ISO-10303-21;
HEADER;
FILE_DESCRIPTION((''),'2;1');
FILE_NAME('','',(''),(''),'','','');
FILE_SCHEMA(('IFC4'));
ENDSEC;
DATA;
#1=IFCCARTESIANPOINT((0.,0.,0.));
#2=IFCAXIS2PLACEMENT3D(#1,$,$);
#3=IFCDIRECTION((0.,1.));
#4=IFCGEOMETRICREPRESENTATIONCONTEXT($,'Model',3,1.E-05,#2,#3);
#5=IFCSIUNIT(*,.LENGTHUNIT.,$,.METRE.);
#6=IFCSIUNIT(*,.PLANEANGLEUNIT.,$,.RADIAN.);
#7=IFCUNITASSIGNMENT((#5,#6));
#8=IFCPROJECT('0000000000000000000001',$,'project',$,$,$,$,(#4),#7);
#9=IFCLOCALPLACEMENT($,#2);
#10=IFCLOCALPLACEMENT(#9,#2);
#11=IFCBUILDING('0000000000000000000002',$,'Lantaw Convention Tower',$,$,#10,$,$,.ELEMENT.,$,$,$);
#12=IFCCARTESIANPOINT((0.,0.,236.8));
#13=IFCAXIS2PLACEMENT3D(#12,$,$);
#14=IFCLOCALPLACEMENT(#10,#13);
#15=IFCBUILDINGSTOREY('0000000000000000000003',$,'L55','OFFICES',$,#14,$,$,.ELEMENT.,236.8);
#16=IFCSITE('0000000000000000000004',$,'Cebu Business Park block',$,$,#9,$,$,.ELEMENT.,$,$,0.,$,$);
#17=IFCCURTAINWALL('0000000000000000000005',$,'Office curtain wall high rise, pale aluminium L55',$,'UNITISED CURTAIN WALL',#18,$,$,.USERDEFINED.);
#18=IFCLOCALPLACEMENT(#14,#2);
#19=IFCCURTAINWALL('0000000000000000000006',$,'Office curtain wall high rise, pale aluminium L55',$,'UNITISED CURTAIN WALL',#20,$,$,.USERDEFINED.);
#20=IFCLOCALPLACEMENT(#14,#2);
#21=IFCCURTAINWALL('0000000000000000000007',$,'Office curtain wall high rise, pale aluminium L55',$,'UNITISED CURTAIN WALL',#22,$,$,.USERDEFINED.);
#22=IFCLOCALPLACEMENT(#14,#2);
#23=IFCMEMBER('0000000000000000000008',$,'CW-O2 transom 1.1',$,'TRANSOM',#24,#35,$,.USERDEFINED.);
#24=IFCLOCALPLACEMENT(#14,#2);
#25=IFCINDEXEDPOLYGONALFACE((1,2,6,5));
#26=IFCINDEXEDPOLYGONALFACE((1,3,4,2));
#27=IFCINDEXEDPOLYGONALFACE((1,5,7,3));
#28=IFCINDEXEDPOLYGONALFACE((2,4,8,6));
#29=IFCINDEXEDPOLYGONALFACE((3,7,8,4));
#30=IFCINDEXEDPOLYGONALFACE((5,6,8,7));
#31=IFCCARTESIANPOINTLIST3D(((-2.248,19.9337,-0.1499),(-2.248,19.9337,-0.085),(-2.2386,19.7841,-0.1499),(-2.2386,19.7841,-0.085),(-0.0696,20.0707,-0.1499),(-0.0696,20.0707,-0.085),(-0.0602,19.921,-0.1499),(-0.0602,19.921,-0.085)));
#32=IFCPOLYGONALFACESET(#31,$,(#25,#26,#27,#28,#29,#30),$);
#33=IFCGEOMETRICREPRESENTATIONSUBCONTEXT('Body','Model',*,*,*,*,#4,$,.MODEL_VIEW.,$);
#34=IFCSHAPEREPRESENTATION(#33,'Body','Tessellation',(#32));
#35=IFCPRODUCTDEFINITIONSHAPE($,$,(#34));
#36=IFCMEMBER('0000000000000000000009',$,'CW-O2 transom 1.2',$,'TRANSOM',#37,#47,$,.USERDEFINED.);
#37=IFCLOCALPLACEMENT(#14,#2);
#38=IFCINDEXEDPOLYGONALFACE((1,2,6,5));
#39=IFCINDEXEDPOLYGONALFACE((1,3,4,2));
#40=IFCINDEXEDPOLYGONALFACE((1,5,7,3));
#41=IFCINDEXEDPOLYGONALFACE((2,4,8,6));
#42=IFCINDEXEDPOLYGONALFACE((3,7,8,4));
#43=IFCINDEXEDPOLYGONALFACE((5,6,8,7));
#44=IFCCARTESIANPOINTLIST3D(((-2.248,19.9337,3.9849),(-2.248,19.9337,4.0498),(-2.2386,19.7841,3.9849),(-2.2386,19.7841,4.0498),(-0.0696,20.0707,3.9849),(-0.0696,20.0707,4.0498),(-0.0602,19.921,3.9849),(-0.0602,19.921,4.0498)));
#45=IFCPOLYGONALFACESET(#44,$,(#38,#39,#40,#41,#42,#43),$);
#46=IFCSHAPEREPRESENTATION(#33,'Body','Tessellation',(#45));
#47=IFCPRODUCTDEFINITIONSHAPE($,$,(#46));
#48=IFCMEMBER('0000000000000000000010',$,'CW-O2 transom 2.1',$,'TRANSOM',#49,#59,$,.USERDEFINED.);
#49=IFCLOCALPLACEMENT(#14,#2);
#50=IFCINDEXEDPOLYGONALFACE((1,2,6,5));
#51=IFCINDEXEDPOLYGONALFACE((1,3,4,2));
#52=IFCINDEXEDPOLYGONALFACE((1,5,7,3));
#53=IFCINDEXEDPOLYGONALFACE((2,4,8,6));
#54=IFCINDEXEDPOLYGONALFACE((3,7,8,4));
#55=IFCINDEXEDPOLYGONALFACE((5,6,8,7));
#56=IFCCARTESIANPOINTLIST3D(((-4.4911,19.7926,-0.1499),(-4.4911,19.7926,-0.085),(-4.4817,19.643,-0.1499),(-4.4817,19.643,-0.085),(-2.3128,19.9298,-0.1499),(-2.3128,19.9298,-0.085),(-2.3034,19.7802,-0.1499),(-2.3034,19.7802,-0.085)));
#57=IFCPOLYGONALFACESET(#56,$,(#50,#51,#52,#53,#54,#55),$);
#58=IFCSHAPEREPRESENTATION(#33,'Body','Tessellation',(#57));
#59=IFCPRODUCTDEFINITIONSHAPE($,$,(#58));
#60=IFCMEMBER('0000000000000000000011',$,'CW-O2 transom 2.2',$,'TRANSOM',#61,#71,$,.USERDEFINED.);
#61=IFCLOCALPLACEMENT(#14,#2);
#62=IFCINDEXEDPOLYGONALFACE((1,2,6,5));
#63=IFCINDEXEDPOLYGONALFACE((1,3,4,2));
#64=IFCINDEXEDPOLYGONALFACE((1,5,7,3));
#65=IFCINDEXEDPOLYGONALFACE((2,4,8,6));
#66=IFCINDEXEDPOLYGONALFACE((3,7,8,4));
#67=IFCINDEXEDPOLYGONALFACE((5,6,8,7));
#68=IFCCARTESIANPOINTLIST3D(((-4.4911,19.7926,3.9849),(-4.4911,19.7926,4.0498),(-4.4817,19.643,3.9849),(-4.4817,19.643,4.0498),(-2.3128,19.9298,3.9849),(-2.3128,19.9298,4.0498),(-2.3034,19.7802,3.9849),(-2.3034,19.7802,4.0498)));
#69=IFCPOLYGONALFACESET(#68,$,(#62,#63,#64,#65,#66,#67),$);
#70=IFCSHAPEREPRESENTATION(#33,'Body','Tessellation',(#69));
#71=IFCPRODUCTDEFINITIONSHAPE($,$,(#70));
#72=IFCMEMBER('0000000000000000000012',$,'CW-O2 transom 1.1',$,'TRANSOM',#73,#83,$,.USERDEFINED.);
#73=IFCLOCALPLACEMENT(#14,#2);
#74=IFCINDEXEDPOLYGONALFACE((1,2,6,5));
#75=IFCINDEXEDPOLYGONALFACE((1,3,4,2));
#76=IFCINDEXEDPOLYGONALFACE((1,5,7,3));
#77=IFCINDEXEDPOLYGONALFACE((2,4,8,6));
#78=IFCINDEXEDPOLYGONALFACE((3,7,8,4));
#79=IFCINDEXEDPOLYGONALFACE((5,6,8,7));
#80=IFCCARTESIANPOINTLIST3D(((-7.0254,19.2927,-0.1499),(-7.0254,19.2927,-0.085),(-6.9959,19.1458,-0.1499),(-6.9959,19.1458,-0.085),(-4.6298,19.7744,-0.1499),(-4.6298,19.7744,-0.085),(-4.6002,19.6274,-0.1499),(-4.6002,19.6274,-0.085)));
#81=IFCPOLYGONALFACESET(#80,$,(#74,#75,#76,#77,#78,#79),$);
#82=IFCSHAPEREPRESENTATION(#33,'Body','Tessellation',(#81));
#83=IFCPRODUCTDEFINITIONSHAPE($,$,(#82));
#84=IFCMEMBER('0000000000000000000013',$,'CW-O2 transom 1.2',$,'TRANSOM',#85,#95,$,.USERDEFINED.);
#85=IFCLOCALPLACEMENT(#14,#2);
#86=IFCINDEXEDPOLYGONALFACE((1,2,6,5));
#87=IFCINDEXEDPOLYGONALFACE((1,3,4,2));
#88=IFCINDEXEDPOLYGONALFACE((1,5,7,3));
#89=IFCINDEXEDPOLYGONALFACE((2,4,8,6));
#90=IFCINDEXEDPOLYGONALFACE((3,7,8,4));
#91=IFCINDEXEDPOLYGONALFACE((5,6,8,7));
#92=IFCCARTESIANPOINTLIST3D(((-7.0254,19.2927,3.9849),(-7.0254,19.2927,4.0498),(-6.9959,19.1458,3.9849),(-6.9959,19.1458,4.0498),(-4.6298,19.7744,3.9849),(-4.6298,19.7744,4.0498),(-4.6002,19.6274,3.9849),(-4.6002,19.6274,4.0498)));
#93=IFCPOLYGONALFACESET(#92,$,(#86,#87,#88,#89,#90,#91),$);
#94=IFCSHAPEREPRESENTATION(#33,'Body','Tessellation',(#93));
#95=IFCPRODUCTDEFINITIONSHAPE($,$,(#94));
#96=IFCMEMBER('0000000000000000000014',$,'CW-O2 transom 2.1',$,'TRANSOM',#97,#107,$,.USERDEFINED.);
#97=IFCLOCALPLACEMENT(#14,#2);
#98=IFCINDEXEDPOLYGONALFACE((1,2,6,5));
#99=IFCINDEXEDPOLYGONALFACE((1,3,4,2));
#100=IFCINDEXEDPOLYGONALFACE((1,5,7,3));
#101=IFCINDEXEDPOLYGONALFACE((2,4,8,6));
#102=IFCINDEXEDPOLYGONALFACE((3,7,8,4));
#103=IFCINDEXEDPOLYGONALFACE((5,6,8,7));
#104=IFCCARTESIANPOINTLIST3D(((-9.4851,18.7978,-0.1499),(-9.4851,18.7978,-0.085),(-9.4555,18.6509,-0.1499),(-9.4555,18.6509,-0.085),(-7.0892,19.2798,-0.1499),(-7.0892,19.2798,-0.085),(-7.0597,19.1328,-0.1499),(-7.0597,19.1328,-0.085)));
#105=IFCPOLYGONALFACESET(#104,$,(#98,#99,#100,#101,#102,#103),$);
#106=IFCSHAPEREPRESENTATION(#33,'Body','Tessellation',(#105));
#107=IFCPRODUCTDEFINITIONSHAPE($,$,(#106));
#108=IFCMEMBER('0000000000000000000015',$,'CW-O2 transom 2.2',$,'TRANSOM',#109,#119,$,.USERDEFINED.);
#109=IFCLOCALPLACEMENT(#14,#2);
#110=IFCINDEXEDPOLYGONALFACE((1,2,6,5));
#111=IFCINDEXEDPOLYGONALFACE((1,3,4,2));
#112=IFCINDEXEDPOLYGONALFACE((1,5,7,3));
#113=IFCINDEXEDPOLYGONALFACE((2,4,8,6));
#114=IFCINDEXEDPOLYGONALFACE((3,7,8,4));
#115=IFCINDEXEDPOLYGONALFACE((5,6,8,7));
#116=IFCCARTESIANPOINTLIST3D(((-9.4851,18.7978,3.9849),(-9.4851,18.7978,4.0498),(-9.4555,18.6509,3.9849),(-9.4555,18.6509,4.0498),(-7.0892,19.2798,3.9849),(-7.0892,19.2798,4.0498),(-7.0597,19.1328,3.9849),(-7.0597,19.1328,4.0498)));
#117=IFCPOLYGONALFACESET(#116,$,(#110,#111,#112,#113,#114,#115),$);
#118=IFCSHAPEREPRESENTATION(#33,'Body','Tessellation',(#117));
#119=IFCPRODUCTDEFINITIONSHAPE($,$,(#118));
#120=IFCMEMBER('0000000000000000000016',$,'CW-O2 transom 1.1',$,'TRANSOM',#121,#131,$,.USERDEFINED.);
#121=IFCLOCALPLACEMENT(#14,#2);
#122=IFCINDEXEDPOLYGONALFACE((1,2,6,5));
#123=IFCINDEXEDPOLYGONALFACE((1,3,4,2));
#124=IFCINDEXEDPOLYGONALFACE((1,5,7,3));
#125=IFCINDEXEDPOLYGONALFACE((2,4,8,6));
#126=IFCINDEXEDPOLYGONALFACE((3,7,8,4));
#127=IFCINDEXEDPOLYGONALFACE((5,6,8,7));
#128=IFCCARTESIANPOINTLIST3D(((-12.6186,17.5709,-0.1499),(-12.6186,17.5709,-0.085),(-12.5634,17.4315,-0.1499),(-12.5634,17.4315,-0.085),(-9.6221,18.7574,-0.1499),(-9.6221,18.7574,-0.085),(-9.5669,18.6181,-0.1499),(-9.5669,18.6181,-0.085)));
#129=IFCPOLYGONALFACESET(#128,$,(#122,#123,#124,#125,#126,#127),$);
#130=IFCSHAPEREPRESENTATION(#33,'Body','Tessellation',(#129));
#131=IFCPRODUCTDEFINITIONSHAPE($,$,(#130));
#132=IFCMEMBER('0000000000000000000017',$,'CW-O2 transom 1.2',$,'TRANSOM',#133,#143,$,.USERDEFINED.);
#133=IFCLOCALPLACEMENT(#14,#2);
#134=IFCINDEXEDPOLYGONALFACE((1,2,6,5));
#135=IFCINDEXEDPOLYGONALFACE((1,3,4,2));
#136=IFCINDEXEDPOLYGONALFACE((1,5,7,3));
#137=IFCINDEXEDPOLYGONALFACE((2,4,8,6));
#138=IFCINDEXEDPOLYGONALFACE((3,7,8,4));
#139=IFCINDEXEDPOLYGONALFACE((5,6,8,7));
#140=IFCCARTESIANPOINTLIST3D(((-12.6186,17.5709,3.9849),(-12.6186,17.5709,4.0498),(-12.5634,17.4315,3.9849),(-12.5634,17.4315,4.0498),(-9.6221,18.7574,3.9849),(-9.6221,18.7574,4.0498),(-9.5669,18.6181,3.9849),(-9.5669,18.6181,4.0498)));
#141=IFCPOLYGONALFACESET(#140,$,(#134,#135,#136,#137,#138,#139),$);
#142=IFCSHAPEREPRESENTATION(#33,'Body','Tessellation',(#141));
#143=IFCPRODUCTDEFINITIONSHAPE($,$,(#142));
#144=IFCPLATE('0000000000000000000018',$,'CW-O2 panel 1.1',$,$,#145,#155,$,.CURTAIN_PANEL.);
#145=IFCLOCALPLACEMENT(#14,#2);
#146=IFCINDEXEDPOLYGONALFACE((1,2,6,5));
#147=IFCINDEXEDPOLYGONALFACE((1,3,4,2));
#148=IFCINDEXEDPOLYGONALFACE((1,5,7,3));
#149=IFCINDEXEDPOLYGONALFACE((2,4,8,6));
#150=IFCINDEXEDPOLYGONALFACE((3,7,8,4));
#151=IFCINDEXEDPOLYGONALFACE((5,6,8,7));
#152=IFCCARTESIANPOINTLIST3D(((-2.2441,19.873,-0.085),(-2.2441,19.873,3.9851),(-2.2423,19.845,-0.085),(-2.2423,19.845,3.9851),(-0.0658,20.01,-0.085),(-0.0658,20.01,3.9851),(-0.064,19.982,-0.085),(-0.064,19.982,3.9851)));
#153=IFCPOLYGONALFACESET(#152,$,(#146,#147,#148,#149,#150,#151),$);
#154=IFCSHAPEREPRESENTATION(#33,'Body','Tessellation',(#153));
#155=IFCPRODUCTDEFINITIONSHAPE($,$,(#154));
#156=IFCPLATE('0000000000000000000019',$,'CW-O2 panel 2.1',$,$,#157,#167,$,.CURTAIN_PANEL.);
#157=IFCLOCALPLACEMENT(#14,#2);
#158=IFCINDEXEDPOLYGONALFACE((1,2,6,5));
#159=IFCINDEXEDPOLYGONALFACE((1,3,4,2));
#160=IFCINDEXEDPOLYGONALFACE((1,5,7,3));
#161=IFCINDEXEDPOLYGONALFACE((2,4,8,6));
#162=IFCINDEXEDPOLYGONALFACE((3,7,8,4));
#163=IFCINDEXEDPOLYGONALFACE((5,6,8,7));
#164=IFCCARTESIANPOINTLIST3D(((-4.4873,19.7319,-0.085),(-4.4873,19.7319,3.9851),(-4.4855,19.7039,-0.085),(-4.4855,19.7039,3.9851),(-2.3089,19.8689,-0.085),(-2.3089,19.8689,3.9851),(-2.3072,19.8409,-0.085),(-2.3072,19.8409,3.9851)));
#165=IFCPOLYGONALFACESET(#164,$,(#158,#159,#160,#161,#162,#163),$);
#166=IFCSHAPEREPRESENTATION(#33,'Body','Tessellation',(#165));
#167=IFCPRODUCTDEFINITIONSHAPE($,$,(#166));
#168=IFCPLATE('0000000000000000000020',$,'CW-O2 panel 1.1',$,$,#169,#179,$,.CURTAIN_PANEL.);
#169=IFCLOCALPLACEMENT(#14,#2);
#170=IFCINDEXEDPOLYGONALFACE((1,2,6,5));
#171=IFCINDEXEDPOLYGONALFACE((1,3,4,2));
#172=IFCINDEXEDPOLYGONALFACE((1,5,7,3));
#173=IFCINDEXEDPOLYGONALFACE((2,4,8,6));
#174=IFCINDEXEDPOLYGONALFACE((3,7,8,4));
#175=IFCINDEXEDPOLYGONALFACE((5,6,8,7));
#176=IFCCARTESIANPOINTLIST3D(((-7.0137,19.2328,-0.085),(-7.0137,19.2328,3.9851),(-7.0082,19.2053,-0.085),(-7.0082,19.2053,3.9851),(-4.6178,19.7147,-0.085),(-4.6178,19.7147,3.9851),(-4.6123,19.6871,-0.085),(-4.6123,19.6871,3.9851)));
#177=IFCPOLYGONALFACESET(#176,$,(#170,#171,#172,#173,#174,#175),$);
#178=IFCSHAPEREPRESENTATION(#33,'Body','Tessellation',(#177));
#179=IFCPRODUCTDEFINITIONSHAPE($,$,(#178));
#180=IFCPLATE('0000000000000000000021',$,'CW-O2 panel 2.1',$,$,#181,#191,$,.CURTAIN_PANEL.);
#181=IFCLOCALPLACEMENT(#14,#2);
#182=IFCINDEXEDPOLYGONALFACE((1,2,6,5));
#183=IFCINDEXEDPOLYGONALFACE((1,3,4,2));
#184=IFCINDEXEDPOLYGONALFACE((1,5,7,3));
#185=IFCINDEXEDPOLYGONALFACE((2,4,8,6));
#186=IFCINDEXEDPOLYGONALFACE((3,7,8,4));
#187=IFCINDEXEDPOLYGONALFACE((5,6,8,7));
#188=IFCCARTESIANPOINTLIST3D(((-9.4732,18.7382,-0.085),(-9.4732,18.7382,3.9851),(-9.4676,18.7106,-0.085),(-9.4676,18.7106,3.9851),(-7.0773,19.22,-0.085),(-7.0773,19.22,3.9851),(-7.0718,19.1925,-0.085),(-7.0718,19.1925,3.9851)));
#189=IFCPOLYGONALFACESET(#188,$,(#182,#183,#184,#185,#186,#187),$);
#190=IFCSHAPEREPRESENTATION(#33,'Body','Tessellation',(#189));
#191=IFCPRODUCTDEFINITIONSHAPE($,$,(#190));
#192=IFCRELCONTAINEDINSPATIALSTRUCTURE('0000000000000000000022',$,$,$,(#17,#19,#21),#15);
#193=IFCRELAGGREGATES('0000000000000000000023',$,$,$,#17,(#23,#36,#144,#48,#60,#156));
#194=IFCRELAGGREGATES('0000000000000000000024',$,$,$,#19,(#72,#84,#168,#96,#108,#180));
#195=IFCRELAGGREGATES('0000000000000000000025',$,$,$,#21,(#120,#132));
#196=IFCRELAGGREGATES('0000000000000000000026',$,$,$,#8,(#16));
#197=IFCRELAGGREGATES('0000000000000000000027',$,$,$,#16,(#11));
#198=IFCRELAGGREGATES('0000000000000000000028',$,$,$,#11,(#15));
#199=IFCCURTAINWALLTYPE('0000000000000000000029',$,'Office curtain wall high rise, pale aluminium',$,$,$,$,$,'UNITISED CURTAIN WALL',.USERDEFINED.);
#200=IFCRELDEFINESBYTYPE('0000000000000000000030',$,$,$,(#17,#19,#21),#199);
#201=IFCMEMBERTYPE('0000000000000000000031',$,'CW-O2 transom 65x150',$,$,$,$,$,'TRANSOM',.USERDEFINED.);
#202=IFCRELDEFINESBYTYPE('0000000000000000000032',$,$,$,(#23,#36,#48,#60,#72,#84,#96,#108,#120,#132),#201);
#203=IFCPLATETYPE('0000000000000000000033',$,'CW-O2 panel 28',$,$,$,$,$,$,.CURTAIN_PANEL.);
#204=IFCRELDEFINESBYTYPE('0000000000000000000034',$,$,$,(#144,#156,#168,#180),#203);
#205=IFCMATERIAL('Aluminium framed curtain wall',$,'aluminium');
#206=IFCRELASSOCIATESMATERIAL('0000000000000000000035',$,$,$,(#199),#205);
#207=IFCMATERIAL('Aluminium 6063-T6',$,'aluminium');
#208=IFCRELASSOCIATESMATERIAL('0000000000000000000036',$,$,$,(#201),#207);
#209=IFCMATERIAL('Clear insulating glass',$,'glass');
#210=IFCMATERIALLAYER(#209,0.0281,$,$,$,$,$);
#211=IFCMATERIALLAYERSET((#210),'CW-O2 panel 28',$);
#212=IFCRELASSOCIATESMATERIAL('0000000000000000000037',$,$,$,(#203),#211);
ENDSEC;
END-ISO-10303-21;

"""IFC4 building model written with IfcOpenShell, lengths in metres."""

from ifc_helpers import new_model, si_unit, direction, frame, origin, origin_2d, place, context, subcontext, project, spatial, rectangle, extrude, material, layer, layer_set, material_profile, profile_set, type_object, element, aggregate, save


model = new_model("IFC4")

# Units and contexts
model_context = context("Model", 3, precision=1e-05, world=origin(), true_north=direction((0.0, 1.0)))
body_context = subcontext(model_context, "Body", "Model", "MODEL_VIEW")
ifc_project = project(units=[si_unit("LENGTHUNIT", "METRE"), si_unit("PLANEANGLEUNIT", "RADIAN")], contexts=[model_context])

# Site, building, storey
site_placement = place(None, origin())
site = spatial("IfcSite", under=ifc_project, at=site_placement, Name="Cebu Business Park block", CompositionType="ELEMENT", RefElevation=0.0)
building_placement = place(site_placement, origin())
building = spatial("IfcBuilding", under=site, at=building_placement, Name="Lantaw Convention Tower", CompositionType="ELEMENT")
storey_placement = place(building_placement, frame((0.0, 0.0, 236.8)))
storey = spatial("IfcBuildingStorey", under=building, at=storey_placement, Name="L55", Description="OFFICES", CompositionType="ELEMENT", Elevation=236.8)

# Curtain walls
ifc_material_1 = material(Name="Aluminium framed curtain wall", Category="aluminium")
curtain_wall_type = type_object("IfcCurtainWallType", Name="Office curtain wall high rise, pale aluminium", ElementType="UNITISED CURTAIN WALL", PredefinedType="USERDEFINED", material=ifc_material_1)
curtain_wall_1_placement = place(storey_placement, origin())
curtain_wall_1 = element("IfcCurtainWall", 1, at=curtain_wall_1_placement, inside=storey, type_object=curtain_wall_type, Name="Office curtain wall high rise, pale aluminium L55", ObjectType="UNITISED CURTAIN WALL", PredefinedType="USERDEFINED")
ifc_material_2 = material(Name="Aluminium 6063-T6", Category="aluminium")
curtain_wall_2_placement = place(storey_placement, origin())
curtain_wall_2 = element("IfcCurtainWall", 2, at=curtain_wall_2_placement, inside=storey, type_object=curtain_wall_type, Name="Office curtain wall high rise, pale aluminium L55", ObjectType="UNITISED CURTAIN WALL", PredefinedType="USERDEFINED")

# Curtain wall
curtain_wall_3_placement = place(storey_placement, origin())
curtain_wall_3 = element("IfcCurtainWall", 3, at=curtain_wall_3_placement, inside=storey, type_object=curtain_wall_type, Name="Office curtain wall high rise, pale aluminium L55", ObjectType="UNITISED CURTAIN WALL", PredefinedType="USERDEFINED")

# Members
ifc_material_profile_1 = material_profile(ifc_material_2, rectangle(XDim=0.1499, YDim=0.0649, at=origin_2d()), Name="CW-O2 transom 65x150")
ifc_profile_set_1 = profile_set([ifc_material_profile_1], Name="Aluminium 6063-T6")
member_type_1 = type_object("IfcMemberType", Name="CW-O2 transom 65x150", ElementType="TRANSOM", PredefinedType="USERDEFINED", material=ifc_profile_set_1)
member_1_placement = place(storey_placement, frame((-0.0649, 19.9958, -0.1174), z_axis=(-0.998029, -0.062754, 0.0), x_axis=(0.062754, -0.998029, 0.0)))
member_1 = element("IfcMember", 4, at=member_1_placement, type_object=member_type_1, Name="CW-O2 transom 1.1", ObjectType="TRANSOM", PredefinedType="USERDEFINED", context=body_context, shape_type="SweptSolid", body=[
    extrude(rectangle(XDim=0.1499, YDim=0.0649, at=origin_2d()), origin(), (0.0, 0.0, 1.0), 2.1826),
])
member_2_placement = place(storey_placement, frame((-0.0649, 19.9958, 4.0173), z_axis=(-0.998029, -0.062754, 0.0), x_axis=(0.062754, -0.998029, 0.0)))
member_2 = element("IfcMember", 5, at=member_2_placement, type_object=member_type_1, Name="CW-O2 transom 1.2", ObjectType="TRANSOM", PredefinedType="USERDEFINED", context=body_context, shape_type="SweptSolid", body=[
    extrude(rectangle(XDim=0.1499, YDim=0.0649, at=origin_2d()), origin(), (0.0, 0.0, 1.0), 2.1826),
])
member_3_placement = place(storey_placement, frame((-2.3081, 19.855, -0.1174), z_axis=(-0.998022, -0.062866, 0.0), x_axis=(0.062866, -0.998022, 0.0)))
member_3 = element("IfcMember", 6, at=member_3_placement, type_object=member_type_1, Name="CW-O2 transom 2.1", ObjectType="TRANSOM", PredefinedType="USERDEFINED", context=body_context, shape_type="SweptSolid", body=[
    extrude(rectangle(XDim=0.1499, YDim=0.0649, at=origin_2d()), origin(), (0.0, 0.0, 1.0), 2.1826),
])
member_4_placement = place(storey_placement, frame((-2.3081, 19.855, 4.0173), z_axis=(-0.998022, -0.062866, 0.0), x_axis=(0.062866, -0.998022, 0.0)))
member_4 = element("IfcMember", 7, at=member_4_placement, type_object=member_type_1, Name="CW-O2 transom 2.2", ObjectType="TRANSOM", PredefinedType="USERDEFINED", context=body_context, shape_type="SweptSolid", body=[
    extrude(rectangle(XDim=0.1499, YDim=0.0649, at=origin_2d()), origin(), (0.0, 0.0, 1.0), 2.1826),
])
member_5_placement = place(storey_placement, frame((-4.615, 19.7009, -0.1174), z_axis=(-0.98038, -0.197115, 0.0), x_axis=(0.197115, -0.98038, 0.0)))
member_5 = element("IfcMember", 8, at=member_5_placement, type_object=member_type_1, Name="CW-O2 transom 1.1", ObjectType="TRANSOM", PredefinedType="USERDEFINED", context=body_context, shape_type="SweptSolid", body=[
    extrude(rectangle(XDim=0.1499, YDim=0.0649, at=origin_2d()), origin(), (0.0, 0.0, 1.0), 2.4436),
])
member_6_placement = place(storey_placement, frame((-4.615, 19.7009, 4.0173), z_axis=(-0.98038, -0.197115, 0.0), x_axis=(0.197115, -0.98038, 0.0)))
member_6 = element("IfcMember", 9, at=member_6_placement, type_object=member_type_1, Name="CW-O2 transom 1.2", ObjectType="TRANSOM", PredefinedType="USERDEFINED", context=body_context, shape_type="SweptSolid", body=[
    extrude(rectangle(XDim=0.1499, YDim=0.0649, at=origin_2d()), origin(), (0.0, 0.0, 1.0), 2.4436),
])
member_7_placement = place(storey_placement, frame((-7.0745, 19.2063, -0.1174), z_axis=(-0.980361, -0.197211, 0.0), x_axis=(0.197211, -0.980361, 0.0)))
member_7 = element("IfcMember", 10, at=member_7_placement, type_object=member_type_1, Name="CW-O2 transom 2.1", ObjectType="TRANSOM", PredefinedType="USERDEFINED", context=body_context, shape_type="SweptSolid", body=[
    extrude(rectangle(XDim=0.1499, YDim=0.0649, at=origin_2d()), origin(), (0.0, 0.0, 1.0), 2.4438),
])
member_8_placement = place(storey_placement, frame((-7.0745, 19.2063, 4.0173), z_axis=(-0.980361, -0.197211, 0.0), x_axis=(0.197211, -0.980361, 0.0)))
member_8 = element("IfcMember", 11, at=member_8_placement, type_object=member_type_1, Name="CW-O2 transom 2.2", ObjectType="TRANSOM", PredefinedType="USERDEFINED", context=body_context, shape_type="SweptSolid", body=[
    extrude(rectangle(XDim=0.1499, YDim=0.0649, at=origin_2d()), origin(), (0.0, 0.0, 1.0), 2.4438),
])
member_9_placement = place(storey_placement, frame((-9.5945, 18.6877, -0.1174), z_axis=(-0.929767, -0.368149, 0.0), x_axis=(0.368149, -0.929767, 0.0)))
member_9 = element("IfcMember", 12, at=member_9_placement, type_object=member_type_1, Name="CW-O2 transom 1.1", ObjectType="TRANSOM", PredefinedType="USERDEFINED", context=body_context, shape_type="SweptSolid", body=[
    extrude(rectangle(XDim=0.1499, YDim=0.0649, at=origin_2d()), origin(), (0.0, 0.0, 1.0), 3.2229),
])
member_10_placement = place(storey_placement, frame((-9.5945, 18.6877, 4.0173), z_axis=(-0.929767, -0.368149, 0.0), x_axis=(0.368149, -0.929767, 0.0)))
member_10 = element("IfcMember", 13, at=member_10_placement, type_object=member_type_1, Name="CW-O2 transom 1.2", ObjectType="TRANSOM", PredefinedType="USERDEFINED", context=body_context, shape_type="SweptSolid", body=[
    extrude(rectangle(XDim=0.1499, YDim=0.0649, at=origin_2d()), origin(), (0.0, 0.0, 1.0), 3.2229),
])

# Plates
ifc_material_3 = material(Name="Clear insulating glass", Category="glass")
ifc_layer_1 = layer(ifc_material_3, 0.0281)
ifc_layer_set_1 = layer_set([ifc_layer_1], Name="CW-O2 panel 28")
plate_type_1 = type_object("IfcPlateType", Name="CW-O2 panel 28", PredefinedType="CURTAIN_PANEL", material=ifc_layer_set_1)
plate_1_placement = place(storey_placement, frame((-1.1541, 19.9275, -0.085), z_axis=(0.0, 0.0, 1.0), x_axis=(-0.998029, -0.062758, 0.0)))
plate_1 = element("IfcPlate", 14, at=plate_1_placement, type_object=plate_type_1, Name="CW-O2 panel 1.1", PredefinedType="CURTAIN_PANEL", context=body_context, shape_type="SweptSolid", body=[
    extrude(rectangle(XDim=2.1826, YDim=0.0281, at=origin_2d()), origin(), (0.0, 0.0, 1.0), 4.0701),
])
plate_2_placement = place(storey_placement, frame((-3.3972, 19.7864, -0.085), z_axis=(0.0, 0.0, 1.0), x_axis=(-0.998029, -0.062758, 0.0)))
plate_2 = element("IfcPlate", 15, at=plate_2_placement, type_object=plate_type_1, Name="CW-O2 panel 2.1", PredefinedType="CURTAIN_PANEL", context=body_context, shape_type="SweptSolid", body=[
    extrude(rectangle(XDim=2.1826, YDim=0.0281, at=origin_2d()), origin(), (0.0, 0.0, 1.0), 4.0701),
])
aggregate(curtain_wall_1, [member_1, member_2, plate_1, member_3, member_4, plate_2])
plate_3_placement = place(storey_placement, frame((-5.813, 19.46, -0.085), z_axis=(0.0, 0.0, 1.0), x_axis=(-0.980367, -0.197183, 0.0)))
plate_3 = element("IfcPlate", 16, at=plate_3_placement, type_object=plate_type_1, Name="CW-O2 panel 1.1", PredefinedType="CURTAIN_PANEL", context=body_context, shape_type="SweptSolid", body=[
    extrude(rectangle(XDim=2.4438, YDim=0.0281, at=origin_2d()), origin(), (0.0, 0.0, 1.0), 4.0701),
])
plate_4_placement = place(storey_placement, frame((-8.2725, 18.9653, -0.085), z_axis=(0.0, 0.0, 1.0), x_axis=(-0.980367, -0.197183, 0.0)))
plate_4 = element("IfcPlate", 17, at=plate_4_placement, type_object=plate_type_1, Name="CW-O2 panel 2.1", PredefinedType="CURTAIN_PANEL", context=body_context, shape_type="SweptSolid", body=[
    extrude(rectangle(XDim=2.4438, YDim=0.0281, at=origin_2d()), origin(), (0.0, 0.0, 1.0), 4.0701),
])
aggregate(curtain_wall_2, [member_5, member_6, plate_3, member_7, member_8, plate_4])
aggregate(curtain_wall_3, [member_9, member_10])

save(model, "model.ifc")
